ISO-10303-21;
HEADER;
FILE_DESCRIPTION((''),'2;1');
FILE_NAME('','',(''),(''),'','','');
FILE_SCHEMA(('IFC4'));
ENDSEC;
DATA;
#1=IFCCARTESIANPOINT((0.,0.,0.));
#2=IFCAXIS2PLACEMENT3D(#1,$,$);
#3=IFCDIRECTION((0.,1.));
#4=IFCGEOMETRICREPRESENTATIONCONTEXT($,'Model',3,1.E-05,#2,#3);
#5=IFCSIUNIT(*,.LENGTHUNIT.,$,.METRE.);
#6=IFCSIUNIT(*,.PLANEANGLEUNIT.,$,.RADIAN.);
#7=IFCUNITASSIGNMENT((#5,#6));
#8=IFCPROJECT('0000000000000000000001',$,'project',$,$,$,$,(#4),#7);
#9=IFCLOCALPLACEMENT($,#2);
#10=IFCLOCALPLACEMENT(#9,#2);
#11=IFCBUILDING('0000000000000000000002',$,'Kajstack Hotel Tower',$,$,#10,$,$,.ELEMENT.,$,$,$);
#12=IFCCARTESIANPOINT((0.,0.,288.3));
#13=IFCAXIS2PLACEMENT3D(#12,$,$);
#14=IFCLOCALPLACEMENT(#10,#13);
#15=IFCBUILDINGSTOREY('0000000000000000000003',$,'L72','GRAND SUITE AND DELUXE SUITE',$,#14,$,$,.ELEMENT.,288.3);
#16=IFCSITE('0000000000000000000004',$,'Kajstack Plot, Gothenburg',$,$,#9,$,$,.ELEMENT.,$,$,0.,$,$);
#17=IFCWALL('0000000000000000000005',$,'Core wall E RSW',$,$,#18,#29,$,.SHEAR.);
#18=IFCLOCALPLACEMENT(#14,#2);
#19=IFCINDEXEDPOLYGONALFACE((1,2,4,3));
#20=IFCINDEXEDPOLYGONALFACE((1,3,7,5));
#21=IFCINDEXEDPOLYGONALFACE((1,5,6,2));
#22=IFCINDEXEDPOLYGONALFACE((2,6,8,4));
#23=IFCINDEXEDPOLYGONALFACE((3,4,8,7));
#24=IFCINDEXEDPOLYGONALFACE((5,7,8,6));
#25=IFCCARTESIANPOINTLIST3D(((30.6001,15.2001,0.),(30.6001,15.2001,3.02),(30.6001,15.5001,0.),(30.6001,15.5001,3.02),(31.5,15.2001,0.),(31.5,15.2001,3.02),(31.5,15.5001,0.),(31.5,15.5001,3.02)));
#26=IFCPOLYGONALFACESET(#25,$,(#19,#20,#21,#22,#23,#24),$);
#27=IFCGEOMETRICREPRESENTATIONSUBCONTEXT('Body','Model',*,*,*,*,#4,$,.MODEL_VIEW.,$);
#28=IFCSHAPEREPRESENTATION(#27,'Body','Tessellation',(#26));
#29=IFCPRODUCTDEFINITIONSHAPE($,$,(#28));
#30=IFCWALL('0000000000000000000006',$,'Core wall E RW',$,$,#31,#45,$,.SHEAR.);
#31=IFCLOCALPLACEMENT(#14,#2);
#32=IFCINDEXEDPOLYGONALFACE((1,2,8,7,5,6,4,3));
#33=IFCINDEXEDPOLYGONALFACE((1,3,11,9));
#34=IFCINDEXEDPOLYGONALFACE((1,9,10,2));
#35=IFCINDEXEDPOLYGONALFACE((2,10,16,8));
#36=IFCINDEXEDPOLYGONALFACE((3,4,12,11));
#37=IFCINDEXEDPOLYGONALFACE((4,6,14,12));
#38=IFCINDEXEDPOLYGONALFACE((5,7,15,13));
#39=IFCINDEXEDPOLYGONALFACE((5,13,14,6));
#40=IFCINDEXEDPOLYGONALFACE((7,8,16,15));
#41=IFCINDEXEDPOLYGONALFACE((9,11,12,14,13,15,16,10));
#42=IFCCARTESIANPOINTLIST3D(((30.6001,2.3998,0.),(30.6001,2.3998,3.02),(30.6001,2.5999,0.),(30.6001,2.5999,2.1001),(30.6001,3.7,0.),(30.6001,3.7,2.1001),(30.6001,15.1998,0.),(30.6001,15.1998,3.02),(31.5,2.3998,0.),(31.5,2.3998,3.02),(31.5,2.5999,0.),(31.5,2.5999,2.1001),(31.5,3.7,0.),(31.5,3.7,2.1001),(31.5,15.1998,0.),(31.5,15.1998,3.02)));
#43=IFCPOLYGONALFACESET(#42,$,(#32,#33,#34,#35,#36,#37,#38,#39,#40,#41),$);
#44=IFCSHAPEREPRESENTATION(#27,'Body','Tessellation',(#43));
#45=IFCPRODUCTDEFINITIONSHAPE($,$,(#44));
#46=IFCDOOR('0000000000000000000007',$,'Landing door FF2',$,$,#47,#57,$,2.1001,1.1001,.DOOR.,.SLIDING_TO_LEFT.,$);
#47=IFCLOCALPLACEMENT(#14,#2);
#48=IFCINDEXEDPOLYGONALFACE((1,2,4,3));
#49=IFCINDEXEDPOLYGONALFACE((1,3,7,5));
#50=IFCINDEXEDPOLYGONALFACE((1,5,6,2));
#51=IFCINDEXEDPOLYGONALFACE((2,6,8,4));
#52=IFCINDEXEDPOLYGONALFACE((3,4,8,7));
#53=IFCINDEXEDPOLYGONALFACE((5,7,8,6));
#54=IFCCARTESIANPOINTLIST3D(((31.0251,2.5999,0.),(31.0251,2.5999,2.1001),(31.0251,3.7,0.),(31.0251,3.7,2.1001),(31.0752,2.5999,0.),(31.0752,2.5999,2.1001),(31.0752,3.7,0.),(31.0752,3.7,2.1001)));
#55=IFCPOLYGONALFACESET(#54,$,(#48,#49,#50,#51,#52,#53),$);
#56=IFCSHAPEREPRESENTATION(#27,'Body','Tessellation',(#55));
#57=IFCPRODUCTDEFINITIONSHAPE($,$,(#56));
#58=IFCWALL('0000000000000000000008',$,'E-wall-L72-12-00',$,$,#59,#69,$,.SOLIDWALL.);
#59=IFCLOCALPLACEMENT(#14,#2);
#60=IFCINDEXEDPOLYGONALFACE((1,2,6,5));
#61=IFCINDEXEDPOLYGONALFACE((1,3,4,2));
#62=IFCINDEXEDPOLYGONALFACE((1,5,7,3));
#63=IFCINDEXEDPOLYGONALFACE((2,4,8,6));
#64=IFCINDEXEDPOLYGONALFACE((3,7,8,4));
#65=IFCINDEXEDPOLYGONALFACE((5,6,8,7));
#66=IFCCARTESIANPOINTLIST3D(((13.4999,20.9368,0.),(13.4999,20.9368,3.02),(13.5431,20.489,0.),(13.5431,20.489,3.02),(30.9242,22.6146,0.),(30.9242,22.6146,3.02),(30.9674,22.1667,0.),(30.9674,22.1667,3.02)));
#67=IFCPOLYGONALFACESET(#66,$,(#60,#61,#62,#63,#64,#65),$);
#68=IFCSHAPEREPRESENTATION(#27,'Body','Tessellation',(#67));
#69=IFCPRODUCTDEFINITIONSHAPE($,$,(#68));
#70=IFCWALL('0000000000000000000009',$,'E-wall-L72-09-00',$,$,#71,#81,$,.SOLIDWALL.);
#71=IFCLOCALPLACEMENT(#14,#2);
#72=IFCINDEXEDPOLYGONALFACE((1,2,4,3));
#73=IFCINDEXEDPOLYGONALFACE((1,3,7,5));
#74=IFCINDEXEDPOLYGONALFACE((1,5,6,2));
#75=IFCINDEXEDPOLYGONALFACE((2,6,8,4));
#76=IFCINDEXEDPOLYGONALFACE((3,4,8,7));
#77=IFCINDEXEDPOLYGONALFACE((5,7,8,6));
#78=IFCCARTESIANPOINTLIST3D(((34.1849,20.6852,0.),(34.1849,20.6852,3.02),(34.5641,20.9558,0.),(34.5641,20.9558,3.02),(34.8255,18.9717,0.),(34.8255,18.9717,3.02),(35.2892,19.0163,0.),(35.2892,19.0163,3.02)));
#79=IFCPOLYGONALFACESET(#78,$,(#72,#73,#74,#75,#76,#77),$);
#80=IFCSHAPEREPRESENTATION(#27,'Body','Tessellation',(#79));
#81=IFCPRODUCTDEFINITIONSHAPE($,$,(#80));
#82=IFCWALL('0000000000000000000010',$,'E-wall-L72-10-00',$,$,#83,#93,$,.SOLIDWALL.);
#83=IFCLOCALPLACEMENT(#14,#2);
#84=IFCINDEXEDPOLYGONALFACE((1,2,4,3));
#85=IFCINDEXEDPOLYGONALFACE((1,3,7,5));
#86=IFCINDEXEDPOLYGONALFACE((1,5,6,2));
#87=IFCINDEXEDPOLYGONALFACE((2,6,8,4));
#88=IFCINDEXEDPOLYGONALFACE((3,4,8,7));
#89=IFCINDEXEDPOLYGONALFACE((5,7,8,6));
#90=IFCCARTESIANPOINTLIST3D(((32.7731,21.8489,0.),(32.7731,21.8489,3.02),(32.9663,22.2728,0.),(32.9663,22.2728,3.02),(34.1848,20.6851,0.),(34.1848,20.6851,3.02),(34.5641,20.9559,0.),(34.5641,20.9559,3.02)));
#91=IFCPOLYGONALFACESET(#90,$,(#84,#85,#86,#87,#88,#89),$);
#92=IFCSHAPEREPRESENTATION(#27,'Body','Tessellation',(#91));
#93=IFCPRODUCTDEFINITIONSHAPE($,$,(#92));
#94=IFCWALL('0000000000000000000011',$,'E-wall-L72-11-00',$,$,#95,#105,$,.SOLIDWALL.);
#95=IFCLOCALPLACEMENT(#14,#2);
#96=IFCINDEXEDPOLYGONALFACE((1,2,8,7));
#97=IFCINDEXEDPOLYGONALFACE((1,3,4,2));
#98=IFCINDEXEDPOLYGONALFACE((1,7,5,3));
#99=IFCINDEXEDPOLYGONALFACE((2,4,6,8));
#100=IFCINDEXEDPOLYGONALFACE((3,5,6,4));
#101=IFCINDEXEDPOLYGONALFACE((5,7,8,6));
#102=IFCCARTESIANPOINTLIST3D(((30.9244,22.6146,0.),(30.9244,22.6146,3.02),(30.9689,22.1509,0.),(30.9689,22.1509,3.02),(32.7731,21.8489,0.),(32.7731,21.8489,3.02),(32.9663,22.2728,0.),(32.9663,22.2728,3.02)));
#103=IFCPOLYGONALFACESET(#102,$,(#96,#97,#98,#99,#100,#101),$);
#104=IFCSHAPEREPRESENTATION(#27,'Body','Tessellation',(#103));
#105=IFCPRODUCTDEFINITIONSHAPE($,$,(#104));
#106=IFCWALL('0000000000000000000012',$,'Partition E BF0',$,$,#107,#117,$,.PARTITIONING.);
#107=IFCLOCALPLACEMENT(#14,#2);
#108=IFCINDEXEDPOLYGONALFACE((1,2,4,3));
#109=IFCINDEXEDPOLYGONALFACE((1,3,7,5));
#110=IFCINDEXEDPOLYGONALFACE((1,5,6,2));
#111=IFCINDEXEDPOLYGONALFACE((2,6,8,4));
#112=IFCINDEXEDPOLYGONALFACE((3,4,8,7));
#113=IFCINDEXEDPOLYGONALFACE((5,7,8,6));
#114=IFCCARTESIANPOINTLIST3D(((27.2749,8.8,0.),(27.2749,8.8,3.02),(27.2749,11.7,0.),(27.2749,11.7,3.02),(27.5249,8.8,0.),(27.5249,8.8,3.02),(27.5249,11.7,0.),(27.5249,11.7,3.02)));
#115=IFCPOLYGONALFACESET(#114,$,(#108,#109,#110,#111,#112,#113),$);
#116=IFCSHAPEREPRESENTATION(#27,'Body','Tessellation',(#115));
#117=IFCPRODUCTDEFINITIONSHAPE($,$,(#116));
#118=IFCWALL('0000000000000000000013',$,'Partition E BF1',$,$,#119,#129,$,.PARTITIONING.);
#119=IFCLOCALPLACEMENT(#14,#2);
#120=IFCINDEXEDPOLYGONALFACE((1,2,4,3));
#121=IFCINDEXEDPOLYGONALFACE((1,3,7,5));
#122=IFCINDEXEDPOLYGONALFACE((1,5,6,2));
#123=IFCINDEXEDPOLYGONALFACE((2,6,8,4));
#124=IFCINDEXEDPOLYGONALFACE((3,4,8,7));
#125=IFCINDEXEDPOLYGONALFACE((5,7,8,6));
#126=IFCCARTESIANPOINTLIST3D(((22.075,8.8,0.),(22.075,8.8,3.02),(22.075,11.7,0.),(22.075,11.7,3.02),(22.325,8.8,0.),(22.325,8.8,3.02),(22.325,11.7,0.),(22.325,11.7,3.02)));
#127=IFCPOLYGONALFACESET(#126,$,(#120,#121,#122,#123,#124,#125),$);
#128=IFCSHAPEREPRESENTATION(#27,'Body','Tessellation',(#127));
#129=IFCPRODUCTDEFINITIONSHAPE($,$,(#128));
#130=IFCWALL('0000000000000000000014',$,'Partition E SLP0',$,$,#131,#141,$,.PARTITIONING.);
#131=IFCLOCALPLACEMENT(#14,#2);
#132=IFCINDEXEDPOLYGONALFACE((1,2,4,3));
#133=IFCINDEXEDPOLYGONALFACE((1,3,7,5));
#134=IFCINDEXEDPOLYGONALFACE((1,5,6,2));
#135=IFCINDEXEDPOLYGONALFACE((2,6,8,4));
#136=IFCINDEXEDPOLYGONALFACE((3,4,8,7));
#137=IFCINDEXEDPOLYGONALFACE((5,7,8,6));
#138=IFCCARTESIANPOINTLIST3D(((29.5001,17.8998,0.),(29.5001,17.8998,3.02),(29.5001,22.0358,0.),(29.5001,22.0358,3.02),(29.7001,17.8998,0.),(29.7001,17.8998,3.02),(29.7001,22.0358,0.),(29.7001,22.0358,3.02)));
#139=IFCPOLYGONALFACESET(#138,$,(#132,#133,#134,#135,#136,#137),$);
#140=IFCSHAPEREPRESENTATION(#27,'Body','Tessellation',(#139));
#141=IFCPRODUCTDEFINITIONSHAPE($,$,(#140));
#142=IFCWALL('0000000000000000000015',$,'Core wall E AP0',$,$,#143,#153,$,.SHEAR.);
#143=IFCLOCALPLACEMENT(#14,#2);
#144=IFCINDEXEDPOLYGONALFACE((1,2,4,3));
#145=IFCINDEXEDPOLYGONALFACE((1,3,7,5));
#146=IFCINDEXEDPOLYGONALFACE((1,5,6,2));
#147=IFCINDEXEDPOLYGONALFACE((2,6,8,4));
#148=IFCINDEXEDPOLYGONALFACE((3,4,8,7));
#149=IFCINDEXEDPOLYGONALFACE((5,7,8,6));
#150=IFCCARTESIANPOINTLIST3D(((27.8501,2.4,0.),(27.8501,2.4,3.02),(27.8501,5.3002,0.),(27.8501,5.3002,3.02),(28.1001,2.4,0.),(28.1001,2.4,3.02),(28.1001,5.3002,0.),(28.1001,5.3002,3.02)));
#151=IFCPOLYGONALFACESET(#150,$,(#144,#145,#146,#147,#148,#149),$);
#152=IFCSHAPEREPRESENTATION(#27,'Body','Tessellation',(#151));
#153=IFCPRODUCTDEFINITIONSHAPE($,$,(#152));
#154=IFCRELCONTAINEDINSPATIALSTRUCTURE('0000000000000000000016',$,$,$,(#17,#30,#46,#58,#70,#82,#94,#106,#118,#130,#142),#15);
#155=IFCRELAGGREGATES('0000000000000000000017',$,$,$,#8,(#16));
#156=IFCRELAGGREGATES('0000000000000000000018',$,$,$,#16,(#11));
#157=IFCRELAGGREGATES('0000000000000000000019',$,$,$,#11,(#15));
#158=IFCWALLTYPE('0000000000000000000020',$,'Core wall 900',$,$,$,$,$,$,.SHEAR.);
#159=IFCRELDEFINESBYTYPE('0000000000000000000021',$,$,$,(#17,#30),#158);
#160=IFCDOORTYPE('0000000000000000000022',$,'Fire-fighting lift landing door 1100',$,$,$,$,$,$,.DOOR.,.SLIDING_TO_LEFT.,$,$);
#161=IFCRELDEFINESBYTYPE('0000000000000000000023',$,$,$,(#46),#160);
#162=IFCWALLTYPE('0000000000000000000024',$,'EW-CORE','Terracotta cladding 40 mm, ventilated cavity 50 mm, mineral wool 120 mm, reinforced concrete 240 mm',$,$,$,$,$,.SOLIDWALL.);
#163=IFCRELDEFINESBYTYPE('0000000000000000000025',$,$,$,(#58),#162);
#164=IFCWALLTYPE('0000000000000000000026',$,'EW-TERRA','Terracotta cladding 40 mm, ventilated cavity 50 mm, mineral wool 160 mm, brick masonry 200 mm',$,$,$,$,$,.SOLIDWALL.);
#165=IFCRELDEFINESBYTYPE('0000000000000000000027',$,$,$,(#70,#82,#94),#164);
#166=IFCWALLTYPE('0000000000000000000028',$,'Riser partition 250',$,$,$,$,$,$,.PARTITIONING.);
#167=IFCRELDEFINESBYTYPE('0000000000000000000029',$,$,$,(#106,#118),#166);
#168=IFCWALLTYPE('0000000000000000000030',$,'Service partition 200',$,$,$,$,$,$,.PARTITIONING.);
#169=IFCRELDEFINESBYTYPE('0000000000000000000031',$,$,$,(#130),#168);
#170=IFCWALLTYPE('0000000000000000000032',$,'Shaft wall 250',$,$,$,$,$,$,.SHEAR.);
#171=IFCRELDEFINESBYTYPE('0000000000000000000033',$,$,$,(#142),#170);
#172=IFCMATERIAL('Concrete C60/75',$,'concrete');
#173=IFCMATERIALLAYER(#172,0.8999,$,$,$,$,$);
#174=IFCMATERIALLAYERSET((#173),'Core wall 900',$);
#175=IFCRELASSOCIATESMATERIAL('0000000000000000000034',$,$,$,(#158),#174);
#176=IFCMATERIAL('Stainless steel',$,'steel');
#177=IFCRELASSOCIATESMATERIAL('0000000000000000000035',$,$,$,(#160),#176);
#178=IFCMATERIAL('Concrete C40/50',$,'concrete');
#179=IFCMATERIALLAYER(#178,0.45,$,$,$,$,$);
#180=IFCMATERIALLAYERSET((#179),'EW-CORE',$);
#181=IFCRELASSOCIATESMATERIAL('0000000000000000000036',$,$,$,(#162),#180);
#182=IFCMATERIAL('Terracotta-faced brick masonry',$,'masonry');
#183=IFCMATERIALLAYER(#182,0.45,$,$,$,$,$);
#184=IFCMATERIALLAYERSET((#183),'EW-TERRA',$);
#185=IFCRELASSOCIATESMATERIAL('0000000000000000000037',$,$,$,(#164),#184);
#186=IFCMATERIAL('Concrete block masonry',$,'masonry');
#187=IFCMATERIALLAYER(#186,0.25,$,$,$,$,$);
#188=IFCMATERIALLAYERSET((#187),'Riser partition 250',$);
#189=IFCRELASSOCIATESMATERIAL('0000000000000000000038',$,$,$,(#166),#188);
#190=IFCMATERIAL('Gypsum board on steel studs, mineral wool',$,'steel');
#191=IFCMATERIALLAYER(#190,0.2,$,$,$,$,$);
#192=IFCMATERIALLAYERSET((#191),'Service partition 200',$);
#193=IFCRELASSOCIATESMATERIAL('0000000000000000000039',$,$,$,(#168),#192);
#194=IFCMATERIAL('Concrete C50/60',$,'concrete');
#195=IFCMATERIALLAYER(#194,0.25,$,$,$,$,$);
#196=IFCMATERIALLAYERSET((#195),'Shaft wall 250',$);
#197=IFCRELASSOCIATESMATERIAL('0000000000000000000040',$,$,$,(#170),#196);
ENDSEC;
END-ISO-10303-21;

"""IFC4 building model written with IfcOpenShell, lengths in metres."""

from ifc_helpers import new_model, si_unit, direction, frame, frame_2d, origin, place, context, subcontext, project, spatial, polyline, rectangle, outline, extrude, material, layer, layer_set, type_object, element, fill, save


model = new_model("IFC4")

# Units and contexts
model_context = context("Model", 3, precision=1e-05, world=origin(), true_north=direction((0.0, 1.0)))
body_context = subcontext(model_context, "Body", "Model", "MODEL_VIEW")
ifc_project = project(units=[si_unit("LENGTHUNIT", "METRE"), si_unit("PLANEANGLEUNIT", "RADIAN")], contexts=[model_context])

# Site, building, storey
site_placement = place(None, origin())
site = spatial("IfcSite", under=ifc_project, at=site_placement, Name="Kajstack Plot, Gothenburg", CompositionType="ELEMENT", RefElevation=0.0)
building_placement = place(site_placement, origin())
building = spatial("IfcBuilding", under=site, at=building_placement, Name="Kajstack Hotel Tower", CompositionType="ELEMENT")
storey_placement = place(building_placement, frame((0.0, 0.0, 288.3)))
storey = spatial("IfcBuildingStorey", under=building, at=storey_placement, Name="L72", Description="GRAND SUITE AND DELUXE SUITE", CompositionType="ELEMENT", Elevation=288.3)

# Wall
ifc_material_1 = material(Name="Concrete C60/75", Category="concrete")
ifc_layer_1 = layer(ifc_material_1, 0.8999)
ifc_layer_set_1 = layer_set([ifc_layer_1], Name="Core wall 900")
wall_type_1 = type_object("IfcWallType", Name="Core wall 900", PredefinedType="SHEAR", material=ifc_layer_set_1)
wall_1_placement = place(storey_placement, frame((30.6001, 15.3501, 0.0), z_axis=(0.0, 0.0, 1.0), x_axis=(1.0, 0.0, 0.0)))
element("IfcWall", 1, at=wall_1_placement, inside=storey, type_object=wall_type_1, Name="Core wall E RSW", PredefinedType="SHEAR", context=body_context, shape_type="SweptSolid", body=[
    extrude(rectangle(XDim=0.8999, YDim=0.3, at=frame_2d((0.45, 0.0))), origin(), (0.0, 0.0, 1.0), 3.02),
])

# Wall, opening, door
wall_2_placement = place(storey_placement, frame((31.05, 2.3999, 0.0), z_axis=(0.0, 0.0, 1.0), x_axis=(0.0, 1.0, 0.0)))
wall_2 = element("IfcWall", 2, at=wall_2_placement, inside=storey, type_object=wall_type_1, Name="Core wall E RW", PredefinedType="SHEAR", context=body_context, shape_type="SweptSolid", body=[
    extrude(rectangle(XDim=12.8, YDim=0.8999, at=frame_2d((6.3999, 0.0))), origin(), (0.0, 0.0, 1.0), 3.02),
])
opening_1_placement = place(wall_2_placement, frame((0.2, 0.0, 0.0)))
opening_1 = element("IfcOpeningElement", 3, at=opening_1_placement, cuts=wall_2, PredefinedType="OPENING", context=body_context, shape_type="SweptSolid", body=[
    extrude(rectangle(XDim=1.1001, YDim=2.1001, at=frame_2d((0.55, 1.05))), frame((0.0, 0.46, 0.0), z_axis=(0.0, -1.0, 0.0), x_axis=(1.0, 0.0, 0.0)), (0.0, 0.0, 1.0), 0.9199),
])
ifc_material_2 = material(Name="Stainless steel", Category="steel")
door_type_1 = type_object("IfcDoorType", Name="Fire-fighting lift landing door 1100", OperationType="SLIDING_TO_LEFT", PredefinedType="DOOR", material=ifc_material_2)
door_1_placement = place(opening_1_placement, origin())
door_1 = element("IfcDoor", 4, at=door_1_placement, inside=storey, type_object=door_type_1, Name="Landing door FF2", OperationType="SLIDING_TO_LEFT", OverallHeight=2.1001, OverallWidth=1.1001, PredefinedType="DOOR", context=body_context, shape_type="SweptSolid", body=[
    extrude(rectangle(XDim=1.1001, YDim=2.1001, at=frame_2d((0.55, 1.05))), frame((0.0, 0.0249, 0.0), z_axis=(0.0, -1.0, 0.0), x_axis=(1.0, 0.0, 0.0)), (0.0, 0.0, 1.0), 0.05),
])
fill(opening_1, door_1)

# Walls
ifc_material_3 = material(Name="Concrete C40/50", Category="concrete")
ifc_layer_2 = layer(ifc_material_3, 0.45)
ifc_layer_set_2 = layer_set([ifc_layer_2], Name="EW-CORE")
wall_type_2 = type_object("IfcWallType", Name="EW-CORE", Description="Terracotta cladding 40 mm, ventilated cavity 50 mm, mineral wool 120 mm, reinforced concrete 240 mm", PredefinedType="SOLIDWALL", material=ifc_layer_set_2)
wall_3_placement = place(storey_placement, frame((30.9458, 22.3906, 0.0), z_axis=(0.0, 0.0, 1.0), x_axis=(-0.995396, -0.095844, 0.0)))
element("IfcWall", 5, at=wall_3_placement, inside=storey, type_object=wall_type_2, Name="E-wall-L72-12-00", PredefinedType="SOLIDWALL", context=body_context, shape_type="SweptSolid", body=[
    extrude(rectangle(XDim=17.5049, YDim=0.45, at=frame_2d((8.7524, 0.0))), origin(), (0.0, 0.0, 1.0), 3.02),
])
ifc_material_4 = material(Name="Terracotta-faced brick masonry", Category="masonry")
ifc_layer_3 = layer(ifc_material_4, 0.45)
ifc_layer_set_3 = layer_set([ifc_layer_3], Name="EW-TERRA")
wall_type_3 = type_object("IfcWallType", Name="EW-TERRA", Description="Terracotta cladding 40 mm, ventilated cavity 50 mm, mineral wool 160 mm, brick masonry 200 mm", PredefinedType="SOLIDWALL", material=ifc_layer_set_3)
wall_4_placement = place(storey_placement, frame((35.0784, 18.9375, 0.0), z_axis=(0.0, 0.0, 1.0), x_axis=(-0.350193, 0.936678, 0.0)))
element("IfcWall", 6, at=wall_4_placement, inside=storey, type_object=wall_type_3, Name="E-wall-L72-09-00", PredefinedType="SOLIDWALL", context=body_context, shape_type="SweptSolid", body=[
    extrude(outline(polyline([(0.0, -0.2251), (2.0706, -0.2251), (1.95, 0.2249), (0.1206, 0.2249), (0.0, -0.2251)])), origin(), (0.0, 0.0, 1.0), 3.02),
])
wall_5_placement = place(storey_placement, frame((34.4209, 20.7822, 0.0), z_axis=(0.0, 0.0, 1.0), x_axis=(-0.771593, 0.636116, 0.0)))
element("IfcWall", 7, at=wall_5_placement, inside=storey, type_object=wall_type_3, Name="E-wall-L72-10-00", PredefinedType="SOLIDWALL", context=body_context, shape_type="SweptSolid", body=[
    extrude(outline(polyline([(0.0, -0.2251), (2.0706, -0.2249), (1.95, 0.2251), (0.1204, 0.2251), (0.0, -0.2251)])), origin(), (0.0, 0.0, 1.0), 3.02),
])
wall_6_placement = place(storey_placement, frame((32.9292, 22.051, 0.0), z_axis=(0.0, 0.0, 1.0), x_axis=(-0.986298, 0.164973, 0.0)))
element("IfcWall", 8, at=wall_6_placement, inside=storey, type_object=wall_type_3, Name="E-wall-L72-11-00", PredefinedType="SOLIDWALL", context=body_context, shape_type="SweptSolid", body=[
    extrude(outline(polyline([(0.0, -0.2249), (2.0703, -0.2251), (1.95, 0.2249), (0.1206, 0.2251), (0.0, -0.2249)])), origin(), (0.0, 0.0, 1.0), 3.02),
])
ifc_material_5 = material(Name="Concrete block masonry", Category="masonry")
ifc_layer_4 = layer(ifc_material_5, 0.25)
ifc_layer_set_4 = layer_set([ifc_layer_4], Name="Riser partition 250")
wall_type_4 = type_object("IfcWallType", Name="Riser partition 250", PredefinedType="PARTITIONING", material=ifc_layer_set_4)
for number, where, z_axis, x_axis, name in (
    (9, (27.3999, 8.8, 0.0), (0.0, 0.0, 1.0), (0.0, 1.0, 0.0), "Partition E BF0"),
    (10, (22.2, 8.8, 0.0), (0.0, 0.0, 1.0), (0.0, 1.0, 0.0), "Partition E BF1"),
):
    element("IfcWall", number, at=place(storey_placement, frame(where, z_axis=z_axis, x_axis=x_axis)), inside=storey, type_object=wall_type_4, Name=name, PredefinedType="PARTITIONING", context=body_context, shape_type="SweptSolid", body=[
        extrude(rectangle(XDim=2.8999, YDim=0.25, at=frame_2d((1.45, 0.0))), origin(), (0.0, 0.0, 1.0), 3.02),
    ])
ifc_material_6 = material(Name="Gypsum board on steel studs, mineral wool", Category="steel")
ifc_layer_5 = layer(ifc_material_6, 0.2)
ifc_layer_set_5 = layer_set([ifc_layer_5], Name="Service partition 200")
wall_type_5 = type_object("IfcWallType", Name="Service partition 200", PredefinedType="PARTITIONING", material=ifc_layer_set_5)
wall_7_placement = place(storey_placement, frame((29.6001, 17.8999, 0.0), z_axis=(0.0, 0.0, 1.0), x_axis=(0.0, 1.0, 0.0)))
element("IfcWall", 11, at=wall_7_placement, inside=storey, type_object=wall_type_5, Name="Partition E SLP0", PredefinedType="PARTITIONING", context=body_context, shape_type="SweptSolid", body=[
    extrude(rectangle(XDim=4.136, YDim=0.2, at=frame_2d((2.0679, 0.0))), origin(), (0.0, 0.0, 1.0), 3.02),
])
ifc_material_7 = material(Name="Concrete C50/60", Category="concrete")
ifc_layer_6 = layer(ifc_material_7, 0.25)
ifc_layer_set_6 = layer_set([ifc_layer_6], Name="Shaft wall 250")
wall_type_6 = type_object("IfcWallType", Name="Shaft wall 250", PredefinedType="SHEAR", material=ifc_layer_set_6)
wall_8_placement = place(storey_placement, frame((27.9751, 2.3999, 0.0), z_axis=(0.0, 0.0, 1.0), x_axis=(0.0, 1.0, 0.0)))
element("IfcWall", 12, at=wall_8_placement, inside=storey, type_object=wall_type_6, Name="Core wall E AP0", PredefinedType="SHEAR", context=body_context, shape_type="SweptSolid", body=[
    extrude(rectangle(XDim=2.9001, YDim=0.25, at=frame_2d((1.4502, 0.0))), origin(), (0.0, 0.0, 1.0), 3.02),
])

save(model, "model.ifc")
